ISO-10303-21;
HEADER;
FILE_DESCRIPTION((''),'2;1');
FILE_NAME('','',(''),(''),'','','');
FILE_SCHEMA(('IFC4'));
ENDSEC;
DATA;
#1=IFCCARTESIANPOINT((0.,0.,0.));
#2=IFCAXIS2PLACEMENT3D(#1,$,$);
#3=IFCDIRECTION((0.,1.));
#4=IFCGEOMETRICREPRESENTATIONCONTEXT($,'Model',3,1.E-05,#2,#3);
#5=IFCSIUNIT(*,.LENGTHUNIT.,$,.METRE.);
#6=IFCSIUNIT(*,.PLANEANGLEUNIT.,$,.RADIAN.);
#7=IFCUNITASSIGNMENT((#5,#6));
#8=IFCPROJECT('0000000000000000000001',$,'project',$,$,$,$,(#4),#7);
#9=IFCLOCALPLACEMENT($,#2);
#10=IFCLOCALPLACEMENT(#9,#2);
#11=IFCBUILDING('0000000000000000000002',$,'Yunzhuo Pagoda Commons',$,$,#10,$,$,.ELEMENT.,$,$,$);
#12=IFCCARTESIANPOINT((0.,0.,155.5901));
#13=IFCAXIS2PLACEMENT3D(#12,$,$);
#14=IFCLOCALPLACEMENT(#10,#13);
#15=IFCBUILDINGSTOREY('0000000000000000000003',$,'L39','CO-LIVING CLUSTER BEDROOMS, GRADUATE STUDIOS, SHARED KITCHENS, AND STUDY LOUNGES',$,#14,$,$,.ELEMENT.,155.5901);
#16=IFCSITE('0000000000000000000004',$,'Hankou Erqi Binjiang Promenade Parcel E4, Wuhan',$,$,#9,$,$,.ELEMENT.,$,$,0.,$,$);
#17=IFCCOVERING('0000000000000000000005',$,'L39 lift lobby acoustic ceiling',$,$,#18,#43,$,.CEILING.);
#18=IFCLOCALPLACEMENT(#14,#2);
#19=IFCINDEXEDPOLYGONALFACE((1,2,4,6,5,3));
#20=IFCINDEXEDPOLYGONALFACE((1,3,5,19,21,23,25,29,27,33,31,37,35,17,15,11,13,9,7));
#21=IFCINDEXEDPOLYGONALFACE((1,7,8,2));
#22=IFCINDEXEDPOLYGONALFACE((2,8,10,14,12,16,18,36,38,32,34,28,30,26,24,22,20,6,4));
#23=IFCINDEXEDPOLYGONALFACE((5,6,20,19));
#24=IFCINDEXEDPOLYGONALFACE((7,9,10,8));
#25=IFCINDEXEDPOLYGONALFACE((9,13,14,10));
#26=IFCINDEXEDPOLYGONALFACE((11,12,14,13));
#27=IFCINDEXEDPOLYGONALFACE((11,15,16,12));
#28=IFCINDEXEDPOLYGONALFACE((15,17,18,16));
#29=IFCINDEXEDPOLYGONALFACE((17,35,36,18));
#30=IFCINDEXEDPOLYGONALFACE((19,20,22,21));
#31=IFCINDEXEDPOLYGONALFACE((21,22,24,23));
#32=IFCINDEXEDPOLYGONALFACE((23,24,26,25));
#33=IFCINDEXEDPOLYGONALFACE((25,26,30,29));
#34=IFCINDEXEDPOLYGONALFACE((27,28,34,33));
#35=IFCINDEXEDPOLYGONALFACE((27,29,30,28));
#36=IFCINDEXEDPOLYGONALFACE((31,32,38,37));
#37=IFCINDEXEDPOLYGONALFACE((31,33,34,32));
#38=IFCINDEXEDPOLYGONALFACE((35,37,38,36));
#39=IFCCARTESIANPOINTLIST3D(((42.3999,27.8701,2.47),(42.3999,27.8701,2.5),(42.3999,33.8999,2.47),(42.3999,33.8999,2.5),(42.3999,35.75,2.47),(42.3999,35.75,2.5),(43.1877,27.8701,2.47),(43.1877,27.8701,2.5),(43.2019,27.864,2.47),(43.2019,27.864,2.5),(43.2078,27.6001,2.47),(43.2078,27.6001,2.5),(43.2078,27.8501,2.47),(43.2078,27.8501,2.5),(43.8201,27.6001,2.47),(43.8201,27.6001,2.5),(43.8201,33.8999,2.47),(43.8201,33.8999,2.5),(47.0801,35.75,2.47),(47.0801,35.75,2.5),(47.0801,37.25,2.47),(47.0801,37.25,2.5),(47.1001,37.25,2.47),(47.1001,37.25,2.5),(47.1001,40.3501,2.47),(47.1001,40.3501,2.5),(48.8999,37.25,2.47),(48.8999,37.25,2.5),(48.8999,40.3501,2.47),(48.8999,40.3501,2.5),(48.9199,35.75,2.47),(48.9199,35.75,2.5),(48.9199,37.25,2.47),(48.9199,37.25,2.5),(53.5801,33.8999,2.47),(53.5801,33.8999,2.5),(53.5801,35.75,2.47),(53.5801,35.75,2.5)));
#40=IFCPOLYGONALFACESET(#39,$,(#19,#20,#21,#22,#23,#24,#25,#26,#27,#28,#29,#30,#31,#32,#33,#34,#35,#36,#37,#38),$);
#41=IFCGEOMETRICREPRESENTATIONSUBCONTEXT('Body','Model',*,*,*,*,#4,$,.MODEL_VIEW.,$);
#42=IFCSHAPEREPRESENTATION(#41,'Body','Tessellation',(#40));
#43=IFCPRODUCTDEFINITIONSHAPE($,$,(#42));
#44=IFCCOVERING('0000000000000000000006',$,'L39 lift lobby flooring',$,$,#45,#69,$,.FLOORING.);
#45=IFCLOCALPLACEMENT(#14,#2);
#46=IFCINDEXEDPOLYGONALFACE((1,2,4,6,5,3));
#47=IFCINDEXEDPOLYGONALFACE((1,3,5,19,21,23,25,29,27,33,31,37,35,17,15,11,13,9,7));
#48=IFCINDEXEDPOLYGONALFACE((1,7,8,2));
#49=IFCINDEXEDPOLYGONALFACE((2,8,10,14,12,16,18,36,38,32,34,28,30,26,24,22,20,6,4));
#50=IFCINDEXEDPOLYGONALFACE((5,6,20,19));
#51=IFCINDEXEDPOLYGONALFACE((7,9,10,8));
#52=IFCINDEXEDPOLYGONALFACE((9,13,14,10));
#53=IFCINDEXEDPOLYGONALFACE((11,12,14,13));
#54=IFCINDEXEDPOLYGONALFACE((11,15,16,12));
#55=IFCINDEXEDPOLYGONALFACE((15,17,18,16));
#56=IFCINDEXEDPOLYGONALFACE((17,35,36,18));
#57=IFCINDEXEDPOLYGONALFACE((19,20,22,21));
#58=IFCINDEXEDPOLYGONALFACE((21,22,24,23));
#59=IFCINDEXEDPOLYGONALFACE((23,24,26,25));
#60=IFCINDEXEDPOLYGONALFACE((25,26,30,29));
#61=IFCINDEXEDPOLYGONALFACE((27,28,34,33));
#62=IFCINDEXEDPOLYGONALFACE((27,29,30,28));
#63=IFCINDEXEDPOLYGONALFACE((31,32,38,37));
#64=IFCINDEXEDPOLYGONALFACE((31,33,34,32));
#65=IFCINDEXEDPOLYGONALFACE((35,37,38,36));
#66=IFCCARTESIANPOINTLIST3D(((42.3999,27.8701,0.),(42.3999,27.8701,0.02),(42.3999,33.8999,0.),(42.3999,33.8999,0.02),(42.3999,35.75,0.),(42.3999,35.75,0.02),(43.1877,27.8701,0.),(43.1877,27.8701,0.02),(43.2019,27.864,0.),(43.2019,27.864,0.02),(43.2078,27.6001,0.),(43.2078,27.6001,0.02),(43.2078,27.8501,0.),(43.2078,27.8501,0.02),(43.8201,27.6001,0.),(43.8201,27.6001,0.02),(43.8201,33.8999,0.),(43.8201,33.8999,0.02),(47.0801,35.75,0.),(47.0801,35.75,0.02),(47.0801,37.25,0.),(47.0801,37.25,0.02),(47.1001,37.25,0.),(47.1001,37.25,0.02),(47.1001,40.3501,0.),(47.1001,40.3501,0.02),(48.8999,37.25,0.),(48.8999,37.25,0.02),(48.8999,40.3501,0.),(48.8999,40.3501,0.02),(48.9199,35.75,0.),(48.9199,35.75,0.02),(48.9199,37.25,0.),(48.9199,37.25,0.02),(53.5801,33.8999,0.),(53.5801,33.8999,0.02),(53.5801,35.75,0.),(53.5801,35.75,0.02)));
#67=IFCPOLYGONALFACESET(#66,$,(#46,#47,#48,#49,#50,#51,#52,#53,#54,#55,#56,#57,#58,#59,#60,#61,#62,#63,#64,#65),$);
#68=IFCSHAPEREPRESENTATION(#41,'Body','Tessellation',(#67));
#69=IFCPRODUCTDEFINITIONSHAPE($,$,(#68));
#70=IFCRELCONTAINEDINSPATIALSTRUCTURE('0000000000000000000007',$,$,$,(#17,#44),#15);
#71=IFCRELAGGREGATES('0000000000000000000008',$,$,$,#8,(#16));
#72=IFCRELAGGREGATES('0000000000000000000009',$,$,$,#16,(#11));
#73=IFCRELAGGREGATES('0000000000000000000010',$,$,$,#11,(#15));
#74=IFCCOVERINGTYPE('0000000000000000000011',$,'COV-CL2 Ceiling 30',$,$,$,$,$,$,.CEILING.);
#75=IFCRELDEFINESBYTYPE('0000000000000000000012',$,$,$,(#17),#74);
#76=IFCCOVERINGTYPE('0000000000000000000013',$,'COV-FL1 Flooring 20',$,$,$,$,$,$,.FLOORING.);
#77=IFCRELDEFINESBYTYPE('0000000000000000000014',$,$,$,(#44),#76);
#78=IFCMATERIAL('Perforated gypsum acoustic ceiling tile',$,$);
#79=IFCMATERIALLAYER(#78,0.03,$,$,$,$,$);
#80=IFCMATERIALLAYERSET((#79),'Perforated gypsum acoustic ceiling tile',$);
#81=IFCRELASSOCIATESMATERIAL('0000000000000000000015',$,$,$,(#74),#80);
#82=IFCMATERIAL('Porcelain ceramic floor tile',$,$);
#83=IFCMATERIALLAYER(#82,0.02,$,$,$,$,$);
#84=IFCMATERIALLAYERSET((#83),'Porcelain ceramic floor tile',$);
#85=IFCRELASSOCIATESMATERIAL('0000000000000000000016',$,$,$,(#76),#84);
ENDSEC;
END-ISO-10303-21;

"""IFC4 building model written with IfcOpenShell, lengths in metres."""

from ifc_helpers import new_model, si_unit, direction, frame, origin, place, context, subcontext, project, spatial, polyline, outline, extrude, material, layer, layer_set, type_object, element, save


model = new_model("IFC4")

# Units and contexts
model_context = context("Model", 3, precision=1e-05, world=origin(), true_north=direction((0.0, 1.0)))
body_context = subcontext(model_context, "Body", "Model", "MODEL_VIEW")
ifc_project = project(units=[si_unit("LENGTHUNIT", "METRE"), si_unit("PLANEANGLEUNIT", "RADIAN")], contexts=[model_context])

# Site, building, storey
site_placement = place(None, origin())
site = spatial("IfcSite", under=ifc_project, at=site_placement, Name="Hankou Erqi Binjiang Promenade Parcel E4, Wuhan", CompositionType="ELEMENT", RefElevation=0.0)
building_placement = place(site_placement, origin())
building = spatial("IfcBuilding", under=site, at=building_placement, Name="Yunzhuo Pagoda Commons", CompositionType="ELEMENT")
storey_placement = place(building_placement, frame((0.0, 0.0, 155.5901)))
storey = spatial("IfcBuildingStorey", under=building, at=storey_placement, Name="L39", Description="CO-LIVING CLUSTER BEDROOMS, GRADUATE STUDIOS, SHARED KITCHENS, AND STUDY LOUNGES", CompositionType="ELEMENT", Elevation=155.5901)

# Coverings
ifc_material_1 = material(Name="Perforated gypsum acoustic ceiling tile")
ifc_layer_1 = layer(ifc_material_1, 0.03)
ifc_layer_set_1 = layer_set([ifc_layer_1], Name="Perforated gypsum acoustic ceiling tile")
covering_type_1 = type_object("IfcCoveringType", Name="COV-CL2 Ceiling 30", PredefinedType="CEILING", material=ifc_layer_set_1)
covering_1_placement = place(storey_placement, frame((0.0, 0.0, 2.47)))
element("IfcCovering", 1, at=covering_1_placement, inside=storey, type_object=covering_type_1, Name="L39 lift lobby acoustic ceiling", PredefinedType="CEILING", context=body_context, shape_type="SweptSolid", body=[
    extrude(outline(polyline([(42.3999, 35.75), (47.0801, 35.75), (47.0801, 37.25), (47.1001, 37.25), (47.1001, 40.3501), (48.8999, 40.3501), (48.8999, 37.25), (48.9199, 37.25), (48.9199, 35.75), (53.5801, 35.75), (53.5801, 33.8999), (43.8201, 33.8999), (43.8201, 27.6001), (43.2078, 27.6001), (43.2078, 27.8501), (43.2019, 27.864), (43.1877, 27.8701), (42.3999, 27.8701), (42.3999, 33.8999), (42.3999, 35.75)])), origin(), (0.0, 0.0, 1.0), 0.03),
])
ifc_material_2 = material(Name="Porcelain ceramic floor tile")
ifc_layer_2 = layer(ifc_material_2, 0.02)
ifc_layer_set_2 = layer_set([ifc_layer_2], Name="Porcelain ceramic floor tile")
covering_type_2 = type_object("IfcCoveringType", Name="COV-FL1 Flooring 20", PredefinedType="FLOORING", material=ifc_layer_set_2)
covering_2_placement = place(storey_placement, origin())
element("IfcCovering", 2, at=covering_2_placement, inside=storey, type_object=covering_type_2, Name="L39 lift lobby flooring", PredefinedType="FLOORING", context=body_context, shape_type="SweptSolid", body=[
    extrude(outline(polyline([(42.3999, 35.75), (47.0801, 35.75), (47.0801, 37.25), (47.1001, 37.25), (47.1001, 40.3501), (48.8999, 40.3501), (48.8999, 37.25), (48.9199, 37.25), (48.9199, 35.75), (53.5801, 35.75), (53.5801, 33.8999), (43.8201, 33.8999), (43.8201, 27.6001), (43.2078, 27.6001), (43.2078, 27.8501), (43.2019, 27.864), (43.1877, 27.8701), (42.3999, 27.8701), (42.3999, 33.8999), (42.3999, 35.75)])), origin(), (0.0, 0.0, 1.0), 0.02),
])

save(model, "model.ifc")
